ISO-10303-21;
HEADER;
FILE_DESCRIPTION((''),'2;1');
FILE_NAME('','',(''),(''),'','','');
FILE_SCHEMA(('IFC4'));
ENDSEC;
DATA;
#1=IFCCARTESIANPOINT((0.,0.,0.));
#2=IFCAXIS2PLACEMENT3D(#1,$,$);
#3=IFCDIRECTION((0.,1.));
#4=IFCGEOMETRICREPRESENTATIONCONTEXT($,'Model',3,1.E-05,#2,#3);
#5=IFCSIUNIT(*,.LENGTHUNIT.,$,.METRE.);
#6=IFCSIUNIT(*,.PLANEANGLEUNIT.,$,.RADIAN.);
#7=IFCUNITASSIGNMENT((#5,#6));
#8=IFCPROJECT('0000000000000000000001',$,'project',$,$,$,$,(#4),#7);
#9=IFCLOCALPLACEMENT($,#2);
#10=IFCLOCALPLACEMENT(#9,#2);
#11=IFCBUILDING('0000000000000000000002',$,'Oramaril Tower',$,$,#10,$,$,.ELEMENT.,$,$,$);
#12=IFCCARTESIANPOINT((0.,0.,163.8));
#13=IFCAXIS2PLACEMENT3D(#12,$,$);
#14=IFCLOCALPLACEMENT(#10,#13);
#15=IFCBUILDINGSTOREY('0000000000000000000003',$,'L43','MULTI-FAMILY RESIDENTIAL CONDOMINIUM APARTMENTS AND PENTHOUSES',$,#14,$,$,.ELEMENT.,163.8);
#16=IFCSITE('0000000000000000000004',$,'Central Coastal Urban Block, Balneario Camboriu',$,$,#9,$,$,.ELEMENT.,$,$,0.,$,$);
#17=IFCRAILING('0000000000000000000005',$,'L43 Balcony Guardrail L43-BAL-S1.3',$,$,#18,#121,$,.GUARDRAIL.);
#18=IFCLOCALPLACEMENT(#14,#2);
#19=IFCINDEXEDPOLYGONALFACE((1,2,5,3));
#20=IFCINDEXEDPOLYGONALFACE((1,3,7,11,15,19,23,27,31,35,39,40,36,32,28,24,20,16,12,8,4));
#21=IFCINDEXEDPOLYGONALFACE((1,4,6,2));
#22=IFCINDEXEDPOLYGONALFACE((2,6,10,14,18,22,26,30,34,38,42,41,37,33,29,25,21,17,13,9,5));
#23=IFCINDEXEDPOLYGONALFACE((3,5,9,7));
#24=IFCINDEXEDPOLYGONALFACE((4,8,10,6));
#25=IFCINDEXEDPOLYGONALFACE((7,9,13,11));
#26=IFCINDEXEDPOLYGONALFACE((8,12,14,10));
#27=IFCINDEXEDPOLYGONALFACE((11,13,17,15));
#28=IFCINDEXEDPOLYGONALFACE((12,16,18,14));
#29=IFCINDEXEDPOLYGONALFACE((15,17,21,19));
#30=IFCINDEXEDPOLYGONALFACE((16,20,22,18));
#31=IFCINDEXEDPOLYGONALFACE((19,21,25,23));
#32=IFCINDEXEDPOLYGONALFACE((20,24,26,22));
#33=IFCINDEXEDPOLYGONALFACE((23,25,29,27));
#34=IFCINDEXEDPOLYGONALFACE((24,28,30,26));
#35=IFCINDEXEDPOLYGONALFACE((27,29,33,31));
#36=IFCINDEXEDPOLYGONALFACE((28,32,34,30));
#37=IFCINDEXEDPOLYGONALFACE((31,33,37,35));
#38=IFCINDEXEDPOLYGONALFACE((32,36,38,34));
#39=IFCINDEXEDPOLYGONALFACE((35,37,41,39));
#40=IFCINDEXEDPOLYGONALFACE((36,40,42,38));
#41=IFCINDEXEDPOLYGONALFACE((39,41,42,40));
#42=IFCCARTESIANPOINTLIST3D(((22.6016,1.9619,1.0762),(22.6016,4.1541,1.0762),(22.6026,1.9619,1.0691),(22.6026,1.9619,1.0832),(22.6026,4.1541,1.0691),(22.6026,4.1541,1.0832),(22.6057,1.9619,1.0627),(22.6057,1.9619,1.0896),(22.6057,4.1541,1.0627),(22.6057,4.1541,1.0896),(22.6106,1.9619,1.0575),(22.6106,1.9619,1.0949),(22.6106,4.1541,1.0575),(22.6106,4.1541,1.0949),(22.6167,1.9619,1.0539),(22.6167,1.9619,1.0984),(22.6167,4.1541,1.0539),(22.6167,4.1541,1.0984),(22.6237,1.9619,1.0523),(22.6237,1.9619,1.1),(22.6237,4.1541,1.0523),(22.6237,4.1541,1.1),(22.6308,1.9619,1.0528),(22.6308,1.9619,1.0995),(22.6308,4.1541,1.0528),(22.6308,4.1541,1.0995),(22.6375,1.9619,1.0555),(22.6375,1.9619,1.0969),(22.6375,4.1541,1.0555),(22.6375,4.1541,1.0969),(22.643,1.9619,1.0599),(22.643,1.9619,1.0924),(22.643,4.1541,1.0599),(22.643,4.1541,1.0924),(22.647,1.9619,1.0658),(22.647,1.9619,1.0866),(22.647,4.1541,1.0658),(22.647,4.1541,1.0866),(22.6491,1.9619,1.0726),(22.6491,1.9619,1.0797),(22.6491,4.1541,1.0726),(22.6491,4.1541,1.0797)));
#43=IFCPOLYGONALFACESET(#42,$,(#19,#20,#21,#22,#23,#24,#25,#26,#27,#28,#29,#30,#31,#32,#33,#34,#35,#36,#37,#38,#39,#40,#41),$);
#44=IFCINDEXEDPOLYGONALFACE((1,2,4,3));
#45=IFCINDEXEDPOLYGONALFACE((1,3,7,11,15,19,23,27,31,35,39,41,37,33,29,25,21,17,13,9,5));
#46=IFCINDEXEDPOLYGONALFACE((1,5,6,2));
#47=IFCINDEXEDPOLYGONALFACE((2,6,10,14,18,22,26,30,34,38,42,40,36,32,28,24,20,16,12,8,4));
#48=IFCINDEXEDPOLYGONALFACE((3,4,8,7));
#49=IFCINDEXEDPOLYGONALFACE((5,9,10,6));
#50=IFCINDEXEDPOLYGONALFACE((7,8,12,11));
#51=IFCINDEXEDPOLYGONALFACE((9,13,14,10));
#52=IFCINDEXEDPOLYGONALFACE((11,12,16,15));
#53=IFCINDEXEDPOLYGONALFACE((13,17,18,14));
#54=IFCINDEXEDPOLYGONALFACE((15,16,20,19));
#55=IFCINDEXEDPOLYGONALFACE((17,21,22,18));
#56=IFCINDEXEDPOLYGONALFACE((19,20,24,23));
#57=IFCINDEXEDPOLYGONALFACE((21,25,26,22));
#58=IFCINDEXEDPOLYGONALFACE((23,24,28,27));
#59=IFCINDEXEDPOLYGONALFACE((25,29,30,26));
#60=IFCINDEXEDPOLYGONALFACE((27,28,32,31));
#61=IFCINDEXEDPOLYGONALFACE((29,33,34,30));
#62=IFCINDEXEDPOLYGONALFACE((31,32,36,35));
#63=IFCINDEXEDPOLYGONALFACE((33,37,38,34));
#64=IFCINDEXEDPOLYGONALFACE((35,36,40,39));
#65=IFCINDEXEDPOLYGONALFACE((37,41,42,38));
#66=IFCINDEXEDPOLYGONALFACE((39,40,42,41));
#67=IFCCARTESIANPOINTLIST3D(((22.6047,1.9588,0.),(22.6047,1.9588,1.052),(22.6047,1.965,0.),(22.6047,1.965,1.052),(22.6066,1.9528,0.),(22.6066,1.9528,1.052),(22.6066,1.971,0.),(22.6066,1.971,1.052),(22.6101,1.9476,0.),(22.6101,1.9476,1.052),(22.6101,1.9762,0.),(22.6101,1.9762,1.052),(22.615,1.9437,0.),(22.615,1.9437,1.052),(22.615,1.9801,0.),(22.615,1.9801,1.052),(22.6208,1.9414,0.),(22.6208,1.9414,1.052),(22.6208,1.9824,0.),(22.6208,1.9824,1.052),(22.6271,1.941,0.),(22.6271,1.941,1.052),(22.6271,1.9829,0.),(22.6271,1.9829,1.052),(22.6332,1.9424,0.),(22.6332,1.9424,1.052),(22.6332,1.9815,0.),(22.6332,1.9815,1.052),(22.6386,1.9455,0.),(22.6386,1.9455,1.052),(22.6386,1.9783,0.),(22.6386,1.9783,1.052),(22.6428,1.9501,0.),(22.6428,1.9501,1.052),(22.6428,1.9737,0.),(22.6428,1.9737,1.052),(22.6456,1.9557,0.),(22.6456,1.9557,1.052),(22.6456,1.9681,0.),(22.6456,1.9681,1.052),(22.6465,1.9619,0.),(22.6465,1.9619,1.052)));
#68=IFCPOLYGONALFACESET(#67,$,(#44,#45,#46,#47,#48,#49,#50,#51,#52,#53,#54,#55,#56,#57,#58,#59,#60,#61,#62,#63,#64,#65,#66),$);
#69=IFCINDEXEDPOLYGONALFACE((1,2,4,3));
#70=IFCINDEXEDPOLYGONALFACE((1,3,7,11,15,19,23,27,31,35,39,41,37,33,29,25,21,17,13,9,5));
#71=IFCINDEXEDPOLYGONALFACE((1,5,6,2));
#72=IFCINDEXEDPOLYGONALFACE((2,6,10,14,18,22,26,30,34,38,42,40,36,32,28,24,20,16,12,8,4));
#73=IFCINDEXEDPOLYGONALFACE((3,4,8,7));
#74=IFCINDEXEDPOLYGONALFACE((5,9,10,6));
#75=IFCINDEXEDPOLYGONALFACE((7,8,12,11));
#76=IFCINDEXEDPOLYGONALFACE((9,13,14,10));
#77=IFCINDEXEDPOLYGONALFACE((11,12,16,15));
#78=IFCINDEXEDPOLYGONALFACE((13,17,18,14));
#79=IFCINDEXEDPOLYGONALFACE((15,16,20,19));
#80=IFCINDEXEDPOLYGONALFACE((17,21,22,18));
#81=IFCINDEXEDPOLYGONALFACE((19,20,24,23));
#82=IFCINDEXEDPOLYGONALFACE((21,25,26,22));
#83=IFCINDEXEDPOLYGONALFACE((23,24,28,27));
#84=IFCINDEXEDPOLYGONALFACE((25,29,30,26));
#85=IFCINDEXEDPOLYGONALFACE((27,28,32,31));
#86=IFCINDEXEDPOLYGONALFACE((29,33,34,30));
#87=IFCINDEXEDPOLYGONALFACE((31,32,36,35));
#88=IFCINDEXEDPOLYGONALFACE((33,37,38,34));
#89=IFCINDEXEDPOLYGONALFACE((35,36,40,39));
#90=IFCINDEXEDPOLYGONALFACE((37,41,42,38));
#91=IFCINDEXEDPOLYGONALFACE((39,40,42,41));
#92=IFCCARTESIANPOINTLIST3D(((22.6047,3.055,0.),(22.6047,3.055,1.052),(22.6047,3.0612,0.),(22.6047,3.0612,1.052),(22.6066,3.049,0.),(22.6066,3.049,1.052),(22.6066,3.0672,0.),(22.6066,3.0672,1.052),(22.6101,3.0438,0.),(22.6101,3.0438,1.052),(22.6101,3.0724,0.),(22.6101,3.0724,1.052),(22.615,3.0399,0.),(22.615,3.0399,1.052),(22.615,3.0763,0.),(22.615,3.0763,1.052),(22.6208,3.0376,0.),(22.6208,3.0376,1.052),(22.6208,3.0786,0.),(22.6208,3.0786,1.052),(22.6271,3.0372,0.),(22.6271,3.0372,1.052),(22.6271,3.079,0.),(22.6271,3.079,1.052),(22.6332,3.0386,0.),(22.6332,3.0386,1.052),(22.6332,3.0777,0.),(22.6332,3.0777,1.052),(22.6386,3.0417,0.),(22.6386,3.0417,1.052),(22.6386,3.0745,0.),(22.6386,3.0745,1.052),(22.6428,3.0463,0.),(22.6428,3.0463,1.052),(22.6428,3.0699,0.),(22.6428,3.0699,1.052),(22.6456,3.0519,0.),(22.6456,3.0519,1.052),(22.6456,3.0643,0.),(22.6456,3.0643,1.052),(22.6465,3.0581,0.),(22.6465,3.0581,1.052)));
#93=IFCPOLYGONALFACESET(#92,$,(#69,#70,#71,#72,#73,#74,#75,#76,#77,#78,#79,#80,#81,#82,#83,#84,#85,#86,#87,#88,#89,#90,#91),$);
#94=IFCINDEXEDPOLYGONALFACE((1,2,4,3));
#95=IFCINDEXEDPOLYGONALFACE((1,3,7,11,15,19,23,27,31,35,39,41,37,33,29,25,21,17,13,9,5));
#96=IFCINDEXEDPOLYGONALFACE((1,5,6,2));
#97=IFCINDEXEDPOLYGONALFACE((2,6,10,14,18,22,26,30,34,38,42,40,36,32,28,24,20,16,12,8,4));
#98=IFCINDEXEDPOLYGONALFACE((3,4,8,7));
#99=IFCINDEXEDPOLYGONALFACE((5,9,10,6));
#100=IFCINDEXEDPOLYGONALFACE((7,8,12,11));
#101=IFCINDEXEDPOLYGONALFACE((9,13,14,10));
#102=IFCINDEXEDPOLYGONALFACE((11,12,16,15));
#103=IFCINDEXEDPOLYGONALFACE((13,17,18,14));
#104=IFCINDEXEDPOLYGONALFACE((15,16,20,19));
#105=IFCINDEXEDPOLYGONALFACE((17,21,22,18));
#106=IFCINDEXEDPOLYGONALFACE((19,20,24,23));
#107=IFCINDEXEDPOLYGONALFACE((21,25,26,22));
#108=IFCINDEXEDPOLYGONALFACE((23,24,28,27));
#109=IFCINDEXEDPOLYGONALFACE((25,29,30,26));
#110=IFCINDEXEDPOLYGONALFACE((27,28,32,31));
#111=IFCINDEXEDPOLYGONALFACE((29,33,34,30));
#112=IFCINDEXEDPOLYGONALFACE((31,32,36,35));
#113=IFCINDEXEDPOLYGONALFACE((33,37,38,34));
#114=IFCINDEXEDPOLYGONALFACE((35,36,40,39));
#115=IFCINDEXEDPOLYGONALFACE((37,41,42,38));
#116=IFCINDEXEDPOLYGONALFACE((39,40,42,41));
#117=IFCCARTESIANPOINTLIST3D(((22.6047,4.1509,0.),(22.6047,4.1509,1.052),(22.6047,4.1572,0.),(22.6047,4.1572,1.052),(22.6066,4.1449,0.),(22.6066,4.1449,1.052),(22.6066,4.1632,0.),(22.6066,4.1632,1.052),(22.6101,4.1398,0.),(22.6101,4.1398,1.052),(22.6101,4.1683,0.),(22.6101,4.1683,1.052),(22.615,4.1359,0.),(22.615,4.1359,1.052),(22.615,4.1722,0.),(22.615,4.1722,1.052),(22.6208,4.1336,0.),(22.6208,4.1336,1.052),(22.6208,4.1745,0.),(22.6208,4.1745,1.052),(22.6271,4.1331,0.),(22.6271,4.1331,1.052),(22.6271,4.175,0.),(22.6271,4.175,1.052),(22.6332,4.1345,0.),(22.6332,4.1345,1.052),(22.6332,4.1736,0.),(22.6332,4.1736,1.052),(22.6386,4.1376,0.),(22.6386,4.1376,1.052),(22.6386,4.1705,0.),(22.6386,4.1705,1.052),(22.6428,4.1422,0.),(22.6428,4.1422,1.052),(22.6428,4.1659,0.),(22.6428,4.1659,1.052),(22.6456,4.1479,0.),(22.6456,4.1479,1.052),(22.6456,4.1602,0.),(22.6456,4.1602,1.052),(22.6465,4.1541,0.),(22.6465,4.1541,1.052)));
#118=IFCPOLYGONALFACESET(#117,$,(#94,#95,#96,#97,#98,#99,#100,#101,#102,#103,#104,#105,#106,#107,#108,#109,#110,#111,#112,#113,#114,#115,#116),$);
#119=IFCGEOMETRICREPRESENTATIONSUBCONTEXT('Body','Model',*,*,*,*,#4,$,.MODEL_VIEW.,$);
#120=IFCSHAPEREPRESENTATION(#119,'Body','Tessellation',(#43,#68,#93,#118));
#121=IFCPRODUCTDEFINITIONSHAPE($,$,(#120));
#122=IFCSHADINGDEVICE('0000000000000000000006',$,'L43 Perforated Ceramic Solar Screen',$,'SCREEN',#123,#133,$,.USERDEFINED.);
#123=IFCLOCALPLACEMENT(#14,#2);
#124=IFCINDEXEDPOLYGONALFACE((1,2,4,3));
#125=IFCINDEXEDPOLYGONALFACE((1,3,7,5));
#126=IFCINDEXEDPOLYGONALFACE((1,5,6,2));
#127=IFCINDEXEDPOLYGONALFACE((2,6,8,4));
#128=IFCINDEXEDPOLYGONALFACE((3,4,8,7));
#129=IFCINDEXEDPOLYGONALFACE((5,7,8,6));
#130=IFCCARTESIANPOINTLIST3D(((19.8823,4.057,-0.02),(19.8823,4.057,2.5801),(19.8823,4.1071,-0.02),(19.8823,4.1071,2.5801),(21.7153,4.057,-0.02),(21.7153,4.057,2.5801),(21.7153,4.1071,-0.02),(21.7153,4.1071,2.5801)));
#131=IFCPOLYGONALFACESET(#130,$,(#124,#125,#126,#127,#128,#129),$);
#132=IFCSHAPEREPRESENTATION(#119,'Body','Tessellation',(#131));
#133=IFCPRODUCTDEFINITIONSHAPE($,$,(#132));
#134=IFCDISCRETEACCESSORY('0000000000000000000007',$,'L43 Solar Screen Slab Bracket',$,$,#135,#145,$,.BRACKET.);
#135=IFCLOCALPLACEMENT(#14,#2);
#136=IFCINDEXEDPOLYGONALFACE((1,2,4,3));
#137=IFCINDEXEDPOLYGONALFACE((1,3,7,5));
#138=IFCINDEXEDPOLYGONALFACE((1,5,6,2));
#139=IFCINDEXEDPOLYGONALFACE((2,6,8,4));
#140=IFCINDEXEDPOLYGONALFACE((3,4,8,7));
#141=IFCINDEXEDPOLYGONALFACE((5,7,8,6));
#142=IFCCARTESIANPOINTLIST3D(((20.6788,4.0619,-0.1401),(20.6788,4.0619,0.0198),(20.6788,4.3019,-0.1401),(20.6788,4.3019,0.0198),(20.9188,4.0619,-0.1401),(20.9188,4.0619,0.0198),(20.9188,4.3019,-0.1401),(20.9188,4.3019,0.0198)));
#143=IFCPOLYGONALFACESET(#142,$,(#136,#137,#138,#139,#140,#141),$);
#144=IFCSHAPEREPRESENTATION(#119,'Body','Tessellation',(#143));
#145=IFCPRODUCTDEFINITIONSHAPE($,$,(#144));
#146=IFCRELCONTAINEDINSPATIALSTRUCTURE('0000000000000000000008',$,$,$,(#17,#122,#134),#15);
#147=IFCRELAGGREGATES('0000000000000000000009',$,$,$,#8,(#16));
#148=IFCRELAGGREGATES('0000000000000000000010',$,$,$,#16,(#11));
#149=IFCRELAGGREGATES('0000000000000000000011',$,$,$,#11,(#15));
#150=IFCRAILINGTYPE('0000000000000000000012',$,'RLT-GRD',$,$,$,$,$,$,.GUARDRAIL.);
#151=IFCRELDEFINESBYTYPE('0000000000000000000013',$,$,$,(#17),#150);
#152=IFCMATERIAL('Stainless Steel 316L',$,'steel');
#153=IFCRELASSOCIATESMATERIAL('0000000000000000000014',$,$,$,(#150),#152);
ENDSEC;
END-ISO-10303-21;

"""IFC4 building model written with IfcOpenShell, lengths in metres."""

from ifc_helpers import new_model, si_unit, direction, frame, origin, origin_2d, place, context, subcontext, project, spatial, rectangle, circle, extrude, material, type_object, element, save


model = new_model("IFC4")

# Units and contexts
model_context = context("Model", 3, precision=1e-05, world=origin(), true_north=direction((0.0, 1.0)))
body_context = subcontext(model_context, "Body", "Model", "MODEL_VIEW")
ifc_project = project(units=[si_unit("LENGTHUNIT", "METRE"), si_unit("PLANEANGLEUNIT", "RADIAN")], contexts=[model_context])

# Site, building, storey
site_placement = place(None, origin())
site = spatial("IfcSite", under=ifc_project, at=site_placement, Name="Central Coastal Urban Block, Balneario Camboriu", CompositionType="ELEMENT", RefElevation=0.0)
building_placement = place(site_placement, origin())
building = spatial("IfcBuilding", under=site, at=building_placement, Name="Oramaril Tower", CompositionType="ELEMENT")
storey_placement = place(building_placement, frame((0.0, 0.0, 163.8)))
storey = spatial("IfcBuildingStorey", under=building, at=storey_placement, Name="L43", Description="MULTI-FAMILY RESIDENTIAL CONDOMINIUM APARTMENTS AND PENTHOUSES", CompositionType="ELEMENT", Elevation=163.8)

# Railing
ifc_material_1 = material(Name="Stainless Steel 316L", Category="steel")
railing_type = type_object("IfcRailingType", Name="RLT-GRD", PredefinedType="GUARDRAIL", material=ifc_material_1)
railing_placement = place(storey_placement, frame((22.6255, 1.9619, 0.0)))
element("IfcRailing", 1, at=railing_placement, inside=storey, type_object=railing_type, Name="L43 Balcony Guardrail L43-BAL-S1.3", PredefinedType="GUARDRAIL", context=body_context, shape_type="SweptSolid", body=[
    extrude(circle(Radius=0.0239, at=origin_2d()), frame((0.0, 0.0, 1.0762), z_axis=(0.0, 1.0, 0.0), x_axis=(-1.0, 0.0, 0.0)), (0.0, 0.0, 1.0), 2.1921),
    extrude(circle(Radius=0.021, at=origin_2d()), origin(), (0.0, 0.0, 1.0), 1.052),
    extrude(circle(Radius=0.021, at=origin_2d()), frame((0.0, 1.0962, 0.0)), (0.0, 0.0, 1.0), 1.052),
    extrude(circle(Radius=0.021, at=origin_2d()), frame((0.0, 2.1921, 0.0)), (0.0, 0.0, 1.0), 1.052),
])

# Shading device
shading_device_placement = place(storey_placement, frame((20.7988, 4.082, -0.02), z_axis=(0.0, 0.0, 1.0), x_axis=(1.0, 0.0, 0.0)))
element("IfcShadingDevice", 2, at=shading_device_placement, inside=storey, Name="L43 Perforated Ceramic Solar Screen", ObjectType="SCREEN", PredefinedType="USERDEFINED", context=body_context, shape_type="SweptSolid", body=[
    extrude(rectangle(XDim=1.833, YDim=0.05, at=origin_2d()), origin(), (0.0, 0.0, 1.0), 2.6001),
])

# Discrete accessory
discrete_accessory_placement = place(storey_placement, frame((20.7988, 4.1819, -0.1401), z_axis=(0.0, 0.0, 1.0), x_axis=(1.0, 0.0, 0.0)))
element("IfcDiscreteAccessory", 3, at=discrete_accessory_placement, inside=storey, Name="L43 Solar Screen Slab Bracket", PredefinedType="BRACKET", context=body_context, shape_type="SweptSolid", body=[
    extrude(rectangle(XDim=0.24, YDim=0.24, at=origin_2d()), origin(), (0.0, 0.0, 1.0), 0.1599),
])

save(model, "model.ifc")
